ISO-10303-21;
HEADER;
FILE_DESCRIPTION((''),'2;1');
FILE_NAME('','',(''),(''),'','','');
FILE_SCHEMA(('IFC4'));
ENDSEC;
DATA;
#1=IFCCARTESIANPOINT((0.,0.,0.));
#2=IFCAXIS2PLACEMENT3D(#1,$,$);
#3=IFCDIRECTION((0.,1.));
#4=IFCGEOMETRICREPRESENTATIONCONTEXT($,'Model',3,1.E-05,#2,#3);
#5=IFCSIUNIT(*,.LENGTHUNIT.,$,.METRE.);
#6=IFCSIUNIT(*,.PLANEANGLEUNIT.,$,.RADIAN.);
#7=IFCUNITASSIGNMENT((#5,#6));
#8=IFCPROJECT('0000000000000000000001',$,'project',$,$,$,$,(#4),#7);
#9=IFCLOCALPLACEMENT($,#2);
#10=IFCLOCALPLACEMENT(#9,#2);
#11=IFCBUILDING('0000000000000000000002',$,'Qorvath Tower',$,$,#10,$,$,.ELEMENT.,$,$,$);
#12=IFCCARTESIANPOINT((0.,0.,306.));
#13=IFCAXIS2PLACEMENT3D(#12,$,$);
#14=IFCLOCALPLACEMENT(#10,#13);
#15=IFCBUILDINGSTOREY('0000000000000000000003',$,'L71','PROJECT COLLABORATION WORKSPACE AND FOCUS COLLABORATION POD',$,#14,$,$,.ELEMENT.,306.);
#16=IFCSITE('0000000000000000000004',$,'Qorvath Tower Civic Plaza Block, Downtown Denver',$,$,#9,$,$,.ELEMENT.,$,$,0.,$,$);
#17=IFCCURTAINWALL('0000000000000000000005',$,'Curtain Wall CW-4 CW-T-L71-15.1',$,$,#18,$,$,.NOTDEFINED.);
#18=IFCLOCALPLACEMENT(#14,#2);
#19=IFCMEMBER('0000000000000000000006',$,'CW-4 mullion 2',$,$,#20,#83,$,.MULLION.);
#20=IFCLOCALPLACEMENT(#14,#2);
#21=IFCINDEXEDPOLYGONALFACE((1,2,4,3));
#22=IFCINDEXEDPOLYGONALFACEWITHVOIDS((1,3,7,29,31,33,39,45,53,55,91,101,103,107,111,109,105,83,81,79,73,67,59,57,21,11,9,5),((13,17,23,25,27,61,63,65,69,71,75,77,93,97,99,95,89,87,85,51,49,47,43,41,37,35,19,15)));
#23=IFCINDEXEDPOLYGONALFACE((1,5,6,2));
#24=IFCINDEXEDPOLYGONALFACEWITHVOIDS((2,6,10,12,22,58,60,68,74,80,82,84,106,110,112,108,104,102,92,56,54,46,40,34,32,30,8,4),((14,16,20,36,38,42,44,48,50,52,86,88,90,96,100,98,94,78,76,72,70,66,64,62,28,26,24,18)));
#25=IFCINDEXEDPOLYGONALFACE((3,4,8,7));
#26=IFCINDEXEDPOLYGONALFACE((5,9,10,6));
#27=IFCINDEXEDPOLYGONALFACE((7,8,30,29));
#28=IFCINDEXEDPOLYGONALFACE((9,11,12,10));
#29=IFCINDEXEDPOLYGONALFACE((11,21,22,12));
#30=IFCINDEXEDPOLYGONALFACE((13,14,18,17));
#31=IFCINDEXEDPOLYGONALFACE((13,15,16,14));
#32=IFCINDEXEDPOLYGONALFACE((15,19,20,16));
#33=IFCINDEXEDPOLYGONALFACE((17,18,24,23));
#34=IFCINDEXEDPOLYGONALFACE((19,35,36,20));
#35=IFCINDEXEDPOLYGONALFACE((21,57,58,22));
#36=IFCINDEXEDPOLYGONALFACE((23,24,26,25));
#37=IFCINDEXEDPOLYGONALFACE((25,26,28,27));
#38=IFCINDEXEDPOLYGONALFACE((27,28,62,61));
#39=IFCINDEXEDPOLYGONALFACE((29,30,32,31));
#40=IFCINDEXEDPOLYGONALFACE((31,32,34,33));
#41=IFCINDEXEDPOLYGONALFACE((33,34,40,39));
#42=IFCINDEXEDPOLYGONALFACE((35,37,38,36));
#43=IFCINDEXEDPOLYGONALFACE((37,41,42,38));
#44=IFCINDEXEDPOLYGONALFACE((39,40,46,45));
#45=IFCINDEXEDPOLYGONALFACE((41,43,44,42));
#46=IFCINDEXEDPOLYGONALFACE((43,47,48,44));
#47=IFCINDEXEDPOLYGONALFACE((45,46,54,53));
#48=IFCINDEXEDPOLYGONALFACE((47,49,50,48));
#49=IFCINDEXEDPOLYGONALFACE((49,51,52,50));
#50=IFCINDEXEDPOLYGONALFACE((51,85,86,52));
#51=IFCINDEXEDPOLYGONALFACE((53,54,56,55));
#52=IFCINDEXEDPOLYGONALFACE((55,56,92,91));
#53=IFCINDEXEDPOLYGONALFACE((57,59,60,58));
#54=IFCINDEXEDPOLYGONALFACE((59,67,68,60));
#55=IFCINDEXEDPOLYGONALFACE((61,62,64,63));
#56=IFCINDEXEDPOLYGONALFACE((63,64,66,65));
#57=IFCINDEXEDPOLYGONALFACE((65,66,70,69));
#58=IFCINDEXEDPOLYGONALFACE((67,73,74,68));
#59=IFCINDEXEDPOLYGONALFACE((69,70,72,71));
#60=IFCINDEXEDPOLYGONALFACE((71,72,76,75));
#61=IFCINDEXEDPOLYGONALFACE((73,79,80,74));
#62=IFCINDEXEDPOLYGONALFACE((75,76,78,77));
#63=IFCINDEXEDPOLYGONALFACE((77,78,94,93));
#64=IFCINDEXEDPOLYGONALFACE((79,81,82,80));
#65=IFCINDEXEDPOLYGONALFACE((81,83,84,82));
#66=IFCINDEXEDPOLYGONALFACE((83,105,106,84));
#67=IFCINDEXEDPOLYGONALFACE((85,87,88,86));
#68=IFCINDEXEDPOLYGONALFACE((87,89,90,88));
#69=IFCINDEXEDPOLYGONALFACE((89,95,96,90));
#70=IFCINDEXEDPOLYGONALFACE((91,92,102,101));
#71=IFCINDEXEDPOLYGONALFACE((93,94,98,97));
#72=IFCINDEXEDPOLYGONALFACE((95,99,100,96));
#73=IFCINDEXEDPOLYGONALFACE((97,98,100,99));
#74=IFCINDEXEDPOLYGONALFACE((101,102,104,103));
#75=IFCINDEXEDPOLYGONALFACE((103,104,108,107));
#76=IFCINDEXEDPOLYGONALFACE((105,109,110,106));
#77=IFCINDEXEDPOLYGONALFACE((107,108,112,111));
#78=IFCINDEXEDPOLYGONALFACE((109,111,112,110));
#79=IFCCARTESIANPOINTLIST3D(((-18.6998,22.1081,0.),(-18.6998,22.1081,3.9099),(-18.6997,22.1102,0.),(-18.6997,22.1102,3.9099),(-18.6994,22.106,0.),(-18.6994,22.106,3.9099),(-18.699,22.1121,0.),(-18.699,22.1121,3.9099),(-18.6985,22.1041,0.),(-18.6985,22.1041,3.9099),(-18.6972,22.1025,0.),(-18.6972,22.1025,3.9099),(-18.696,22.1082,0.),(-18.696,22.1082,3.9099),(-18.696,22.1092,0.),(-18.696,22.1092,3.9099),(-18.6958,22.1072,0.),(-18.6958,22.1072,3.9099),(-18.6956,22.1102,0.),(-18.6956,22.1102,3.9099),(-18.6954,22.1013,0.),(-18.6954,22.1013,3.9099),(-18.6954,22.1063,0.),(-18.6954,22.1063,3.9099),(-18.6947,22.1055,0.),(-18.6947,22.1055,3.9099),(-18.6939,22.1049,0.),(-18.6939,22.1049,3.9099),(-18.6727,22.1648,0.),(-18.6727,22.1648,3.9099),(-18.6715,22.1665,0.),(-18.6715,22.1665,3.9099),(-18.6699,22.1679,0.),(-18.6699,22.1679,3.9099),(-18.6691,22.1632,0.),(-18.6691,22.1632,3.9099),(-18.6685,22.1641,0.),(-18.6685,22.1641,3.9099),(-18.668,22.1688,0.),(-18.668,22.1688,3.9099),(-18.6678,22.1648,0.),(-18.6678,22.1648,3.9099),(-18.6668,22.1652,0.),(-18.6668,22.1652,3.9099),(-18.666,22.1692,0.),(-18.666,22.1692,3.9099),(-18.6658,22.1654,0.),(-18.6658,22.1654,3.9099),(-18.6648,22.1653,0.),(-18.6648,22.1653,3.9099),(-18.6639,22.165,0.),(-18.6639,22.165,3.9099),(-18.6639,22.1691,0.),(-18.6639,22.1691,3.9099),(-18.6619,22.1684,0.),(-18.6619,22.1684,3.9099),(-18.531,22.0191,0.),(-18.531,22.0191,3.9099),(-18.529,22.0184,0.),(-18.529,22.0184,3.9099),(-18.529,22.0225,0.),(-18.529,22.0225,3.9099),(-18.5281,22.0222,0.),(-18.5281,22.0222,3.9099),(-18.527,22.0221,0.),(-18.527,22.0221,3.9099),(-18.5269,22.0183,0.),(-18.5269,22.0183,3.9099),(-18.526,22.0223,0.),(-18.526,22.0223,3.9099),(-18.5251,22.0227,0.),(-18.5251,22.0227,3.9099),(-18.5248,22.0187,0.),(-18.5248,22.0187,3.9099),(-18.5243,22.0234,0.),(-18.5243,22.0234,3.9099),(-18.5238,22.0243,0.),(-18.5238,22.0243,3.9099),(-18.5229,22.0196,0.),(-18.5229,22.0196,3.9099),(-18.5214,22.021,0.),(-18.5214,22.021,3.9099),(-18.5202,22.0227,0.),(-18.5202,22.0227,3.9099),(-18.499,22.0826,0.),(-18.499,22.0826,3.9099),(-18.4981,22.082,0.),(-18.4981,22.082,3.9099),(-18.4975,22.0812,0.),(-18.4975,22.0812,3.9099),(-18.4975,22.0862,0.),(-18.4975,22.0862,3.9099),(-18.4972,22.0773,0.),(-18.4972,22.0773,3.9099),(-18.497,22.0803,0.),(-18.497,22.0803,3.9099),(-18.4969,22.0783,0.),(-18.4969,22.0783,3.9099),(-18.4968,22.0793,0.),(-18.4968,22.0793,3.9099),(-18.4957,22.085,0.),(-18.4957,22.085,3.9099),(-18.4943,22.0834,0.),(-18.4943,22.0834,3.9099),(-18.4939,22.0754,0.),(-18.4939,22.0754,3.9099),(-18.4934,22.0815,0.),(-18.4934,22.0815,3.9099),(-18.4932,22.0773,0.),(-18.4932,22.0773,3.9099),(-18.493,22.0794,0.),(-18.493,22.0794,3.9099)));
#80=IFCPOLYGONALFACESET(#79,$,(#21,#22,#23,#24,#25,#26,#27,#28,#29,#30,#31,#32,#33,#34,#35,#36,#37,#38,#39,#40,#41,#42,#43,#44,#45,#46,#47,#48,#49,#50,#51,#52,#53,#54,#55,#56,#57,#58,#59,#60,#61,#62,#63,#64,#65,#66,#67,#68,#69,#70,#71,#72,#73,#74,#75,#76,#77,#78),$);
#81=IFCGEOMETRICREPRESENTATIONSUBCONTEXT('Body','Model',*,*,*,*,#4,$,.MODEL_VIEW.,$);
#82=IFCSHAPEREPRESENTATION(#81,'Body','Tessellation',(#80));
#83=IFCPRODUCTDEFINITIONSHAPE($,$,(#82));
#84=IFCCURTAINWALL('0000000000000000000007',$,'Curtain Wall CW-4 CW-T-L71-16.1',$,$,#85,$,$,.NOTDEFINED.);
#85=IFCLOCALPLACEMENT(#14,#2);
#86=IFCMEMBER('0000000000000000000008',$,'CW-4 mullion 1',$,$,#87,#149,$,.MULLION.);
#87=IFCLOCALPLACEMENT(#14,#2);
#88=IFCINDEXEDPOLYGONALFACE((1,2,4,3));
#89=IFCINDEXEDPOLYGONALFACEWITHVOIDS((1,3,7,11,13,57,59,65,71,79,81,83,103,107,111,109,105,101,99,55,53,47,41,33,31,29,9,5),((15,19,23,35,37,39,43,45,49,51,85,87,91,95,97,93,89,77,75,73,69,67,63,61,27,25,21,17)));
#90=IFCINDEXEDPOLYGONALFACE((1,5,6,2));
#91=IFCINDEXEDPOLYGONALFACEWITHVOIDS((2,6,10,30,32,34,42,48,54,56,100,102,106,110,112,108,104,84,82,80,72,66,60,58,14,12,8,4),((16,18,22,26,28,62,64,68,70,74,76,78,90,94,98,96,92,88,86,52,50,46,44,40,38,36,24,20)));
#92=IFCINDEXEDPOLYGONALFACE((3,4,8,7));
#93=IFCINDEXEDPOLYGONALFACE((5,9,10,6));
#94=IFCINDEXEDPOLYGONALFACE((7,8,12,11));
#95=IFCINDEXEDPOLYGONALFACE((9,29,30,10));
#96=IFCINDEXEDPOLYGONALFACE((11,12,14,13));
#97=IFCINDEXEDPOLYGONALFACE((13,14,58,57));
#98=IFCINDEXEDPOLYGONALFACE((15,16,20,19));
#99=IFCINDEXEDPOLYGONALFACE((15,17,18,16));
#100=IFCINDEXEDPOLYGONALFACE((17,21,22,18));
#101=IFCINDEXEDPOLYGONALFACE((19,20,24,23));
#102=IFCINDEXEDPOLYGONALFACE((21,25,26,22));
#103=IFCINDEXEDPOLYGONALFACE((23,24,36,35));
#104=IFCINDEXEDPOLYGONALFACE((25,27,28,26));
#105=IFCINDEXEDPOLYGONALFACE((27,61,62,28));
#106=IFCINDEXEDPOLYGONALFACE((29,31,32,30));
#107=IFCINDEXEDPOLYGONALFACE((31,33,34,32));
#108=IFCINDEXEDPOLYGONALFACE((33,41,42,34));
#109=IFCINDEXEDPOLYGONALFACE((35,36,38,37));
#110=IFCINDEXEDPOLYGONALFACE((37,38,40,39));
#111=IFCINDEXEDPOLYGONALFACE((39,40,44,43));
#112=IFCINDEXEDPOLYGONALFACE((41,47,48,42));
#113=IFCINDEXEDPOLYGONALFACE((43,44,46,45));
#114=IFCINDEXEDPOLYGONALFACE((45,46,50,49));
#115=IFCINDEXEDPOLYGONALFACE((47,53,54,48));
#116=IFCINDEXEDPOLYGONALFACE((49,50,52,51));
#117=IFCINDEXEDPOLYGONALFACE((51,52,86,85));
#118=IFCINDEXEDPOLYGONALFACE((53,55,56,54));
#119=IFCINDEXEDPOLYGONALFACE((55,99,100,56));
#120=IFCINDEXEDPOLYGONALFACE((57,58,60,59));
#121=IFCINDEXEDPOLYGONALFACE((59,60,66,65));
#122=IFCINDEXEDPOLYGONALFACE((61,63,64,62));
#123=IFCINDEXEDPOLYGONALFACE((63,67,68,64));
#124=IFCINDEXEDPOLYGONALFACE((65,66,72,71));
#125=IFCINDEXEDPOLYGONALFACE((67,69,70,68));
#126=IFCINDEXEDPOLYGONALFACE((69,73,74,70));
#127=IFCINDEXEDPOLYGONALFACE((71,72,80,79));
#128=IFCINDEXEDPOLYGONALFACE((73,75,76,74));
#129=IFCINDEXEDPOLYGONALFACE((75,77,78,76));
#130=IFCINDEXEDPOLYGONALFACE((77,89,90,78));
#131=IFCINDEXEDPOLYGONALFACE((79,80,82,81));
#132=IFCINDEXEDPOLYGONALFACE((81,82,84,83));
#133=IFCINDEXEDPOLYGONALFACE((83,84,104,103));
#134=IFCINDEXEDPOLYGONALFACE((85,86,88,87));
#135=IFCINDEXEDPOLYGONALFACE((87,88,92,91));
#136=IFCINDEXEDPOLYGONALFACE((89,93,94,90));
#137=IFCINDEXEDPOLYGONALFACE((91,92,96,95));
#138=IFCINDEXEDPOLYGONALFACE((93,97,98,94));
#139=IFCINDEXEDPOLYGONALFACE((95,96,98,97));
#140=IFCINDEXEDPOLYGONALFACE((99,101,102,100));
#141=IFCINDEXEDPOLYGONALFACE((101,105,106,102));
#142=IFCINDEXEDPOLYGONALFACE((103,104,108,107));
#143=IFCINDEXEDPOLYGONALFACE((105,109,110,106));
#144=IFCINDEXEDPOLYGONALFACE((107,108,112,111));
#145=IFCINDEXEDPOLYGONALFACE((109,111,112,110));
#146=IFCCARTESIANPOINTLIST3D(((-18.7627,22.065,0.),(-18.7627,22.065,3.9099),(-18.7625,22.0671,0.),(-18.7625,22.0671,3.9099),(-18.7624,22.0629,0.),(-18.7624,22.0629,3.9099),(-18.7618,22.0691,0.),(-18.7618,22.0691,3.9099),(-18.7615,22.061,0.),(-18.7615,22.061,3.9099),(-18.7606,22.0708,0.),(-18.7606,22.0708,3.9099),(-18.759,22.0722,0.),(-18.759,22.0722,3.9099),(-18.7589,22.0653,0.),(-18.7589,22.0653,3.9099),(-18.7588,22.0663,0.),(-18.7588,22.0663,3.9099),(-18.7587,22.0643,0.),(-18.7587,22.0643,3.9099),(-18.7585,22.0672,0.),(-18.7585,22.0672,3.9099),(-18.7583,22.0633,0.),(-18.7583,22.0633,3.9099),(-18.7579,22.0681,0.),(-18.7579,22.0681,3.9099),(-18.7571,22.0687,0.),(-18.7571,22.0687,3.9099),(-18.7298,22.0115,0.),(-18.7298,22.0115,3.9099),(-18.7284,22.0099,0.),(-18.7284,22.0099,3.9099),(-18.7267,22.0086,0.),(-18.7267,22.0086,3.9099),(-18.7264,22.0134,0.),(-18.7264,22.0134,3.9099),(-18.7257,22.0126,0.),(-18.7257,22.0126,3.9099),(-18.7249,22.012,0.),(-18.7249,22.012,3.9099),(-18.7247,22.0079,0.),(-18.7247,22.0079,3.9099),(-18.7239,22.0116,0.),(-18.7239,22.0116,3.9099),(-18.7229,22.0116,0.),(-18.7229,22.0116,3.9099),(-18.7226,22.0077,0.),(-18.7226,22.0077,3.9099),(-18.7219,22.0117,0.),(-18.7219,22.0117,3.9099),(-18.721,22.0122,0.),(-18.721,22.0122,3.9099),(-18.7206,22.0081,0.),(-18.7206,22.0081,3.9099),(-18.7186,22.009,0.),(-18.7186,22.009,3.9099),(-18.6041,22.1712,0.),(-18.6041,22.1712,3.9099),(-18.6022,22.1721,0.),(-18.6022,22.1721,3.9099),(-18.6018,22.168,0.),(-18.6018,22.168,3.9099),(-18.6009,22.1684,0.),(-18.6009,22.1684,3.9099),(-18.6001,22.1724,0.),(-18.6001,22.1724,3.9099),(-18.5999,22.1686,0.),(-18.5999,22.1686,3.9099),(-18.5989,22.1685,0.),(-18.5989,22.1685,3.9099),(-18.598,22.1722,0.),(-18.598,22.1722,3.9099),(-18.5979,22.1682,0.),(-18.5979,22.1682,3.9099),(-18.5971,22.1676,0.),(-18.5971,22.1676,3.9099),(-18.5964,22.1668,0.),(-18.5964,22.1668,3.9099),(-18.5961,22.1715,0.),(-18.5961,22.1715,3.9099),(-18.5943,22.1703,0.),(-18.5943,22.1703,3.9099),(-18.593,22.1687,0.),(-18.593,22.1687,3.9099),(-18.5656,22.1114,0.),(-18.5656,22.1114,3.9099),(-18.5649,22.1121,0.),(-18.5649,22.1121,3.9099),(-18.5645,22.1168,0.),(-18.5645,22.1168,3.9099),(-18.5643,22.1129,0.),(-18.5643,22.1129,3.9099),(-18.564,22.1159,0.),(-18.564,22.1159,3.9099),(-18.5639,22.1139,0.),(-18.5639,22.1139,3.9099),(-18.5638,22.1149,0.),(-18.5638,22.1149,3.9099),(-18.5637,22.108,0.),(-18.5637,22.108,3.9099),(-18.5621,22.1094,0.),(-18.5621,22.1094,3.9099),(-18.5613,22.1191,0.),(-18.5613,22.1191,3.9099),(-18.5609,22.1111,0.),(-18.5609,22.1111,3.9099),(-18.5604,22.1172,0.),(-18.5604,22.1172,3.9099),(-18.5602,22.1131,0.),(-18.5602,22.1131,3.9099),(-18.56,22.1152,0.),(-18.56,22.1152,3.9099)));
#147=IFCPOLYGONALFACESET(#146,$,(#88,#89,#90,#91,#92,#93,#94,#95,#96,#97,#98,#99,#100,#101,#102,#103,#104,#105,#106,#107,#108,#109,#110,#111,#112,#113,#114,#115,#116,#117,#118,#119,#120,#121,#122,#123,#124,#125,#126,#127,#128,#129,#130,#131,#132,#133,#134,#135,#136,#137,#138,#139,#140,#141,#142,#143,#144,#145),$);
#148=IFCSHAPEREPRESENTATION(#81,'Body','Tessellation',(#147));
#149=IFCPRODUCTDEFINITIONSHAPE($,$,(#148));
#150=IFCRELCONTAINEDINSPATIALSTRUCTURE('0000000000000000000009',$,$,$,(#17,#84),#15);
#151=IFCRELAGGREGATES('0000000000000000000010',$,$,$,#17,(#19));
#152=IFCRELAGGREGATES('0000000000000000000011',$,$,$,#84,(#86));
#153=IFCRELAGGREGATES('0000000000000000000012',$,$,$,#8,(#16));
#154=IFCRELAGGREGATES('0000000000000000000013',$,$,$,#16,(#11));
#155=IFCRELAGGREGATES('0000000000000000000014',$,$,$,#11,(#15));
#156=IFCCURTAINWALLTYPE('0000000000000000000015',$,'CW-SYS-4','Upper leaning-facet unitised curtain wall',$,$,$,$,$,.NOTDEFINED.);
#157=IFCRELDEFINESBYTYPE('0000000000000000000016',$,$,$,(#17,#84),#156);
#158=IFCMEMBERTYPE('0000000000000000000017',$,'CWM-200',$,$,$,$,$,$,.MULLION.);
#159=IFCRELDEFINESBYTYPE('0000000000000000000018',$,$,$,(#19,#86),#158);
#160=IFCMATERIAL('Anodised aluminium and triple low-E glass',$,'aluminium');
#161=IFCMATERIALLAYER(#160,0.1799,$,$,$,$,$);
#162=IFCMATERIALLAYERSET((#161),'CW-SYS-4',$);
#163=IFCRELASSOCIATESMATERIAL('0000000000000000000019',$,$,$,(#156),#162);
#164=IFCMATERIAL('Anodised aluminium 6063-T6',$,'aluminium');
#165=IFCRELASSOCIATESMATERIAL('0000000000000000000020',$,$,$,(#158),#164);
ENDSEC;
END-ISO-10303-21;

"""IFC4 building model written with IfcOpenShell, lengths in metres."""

from ifc_helpers import new_model, si_unit, direction, frame, origin, origin_2d, place, context, subcontext, project, spatial, hollow_rectangle, extrude, material, layer, layer_set, material_profile, profile_set, type_object, element, aggregate, save


model = new_model("IFC4")

# Units and contexts
model_context = context("Model", 3, precision=1e-05, world=origin(), true_north=direction((0.0, 1.0)))
body_context = subcontext(model_context, "Body", "Model", "MODEL_VIEW")
ifc_project = project(units=[si_unit("LENGTHUNIT", "METRE"), si_unit("PLANEANGLEUNIT", "RADIAN")], contexts=[model_context])

# Site, building, storey
site_placement = place(None, origin())
site = spatial("IfcSite", under=ifc_project, at=site_placement, Name="Qorvath Tower Civic Plaza Block, Downtown Denver", CompositionType="ELEMENT", RefElevation=0.0)
building_placement = place(site_placement, origin())
building = spatial("IfcBuilding", under=site, at=building_placement, Name="Qorvath Tower", CompositionType="ELEMENT")
storey_placement = place(building_placement, frame((0.0, 0.0, 306.0)))
storey = spatial("IfcBuildingStorey", under=building, at=storey_placement, Name="L71", Description="PROJECT COLLABORATION WORKSPACE AND FOCUS COLLABORATION POD", CompositionType="ELEMENT", Elevation=306.0)

# Shared definitions
ifc_material_1 = material(Name="Anodised aluminium and triple low-E glass", Category="aluminium")
ifc_layer_1 = layer(ifc_material_1, 0.1799)
ifc_layer_set_1 = layer_set([ifc_layer_1], Name="CW-SYS-4")
curtain_wall_type = type_object("IfcCurtainWallType", Name="CW-SYS-4", Description="Upper leaning-facet unitised curtain wall", PredefinedType="NOTDEFINED", material=ifc_layer_set_1)
ifc_material_2 = material(Name="Anodised aluminium 6063-T6", Category="aluminium")
ifc_material_profile_1 = material_profile(ifc_material_2, hollow_rectangle(XDim=0.075, YDim=0.2, WallThickness=0.0039, InnerFilletRadius=0.0039, OuterFilletRadius=0.0081, at=origin_2d()), Name="CWM 200x75")
ifc_profile_set_1 = profile_set([ifc_material_profile_1], Name="Anodised aluminium 6063-T6")
member_type_1 = type_object("IfcMemberType", Name="CWM-200", PredefinedType="MULLION", material=ifc_profile_set_1)

# Curtain wall, member
curtain_wall_1_placement = place(storey_placement, origin())
curtain_wall_1 = element("IfcCurtainWall", 1, at=curtain_wall_1_placement, inside=storey, type_object=curtain_wall_type, Name="Curtain Wall CW-4 CW-T-L71-15.1", PredefinedType="NOTDEFINED")
member_1_placement = place(storey_placement, frame((-18.5964, 22.0938, 0.0), z_axis=(0.0, 0.0, 1.0), x_axis=(-0.447225, -0.894422, 0.0)))
member_1 = element("IfcMember", 2, at=member_1_placement, type_object=member_type_1, Name="CW-4 mullion 2", PredefinedType="MULLION", context=body_context, shape_type="SweptSolid", body=[
    extrude(hollow_rectangle(XDim=0.075, YDim=0.2, WallThickness=0.0039, InnerFilletRadius=0.0039, OuterFilletRadius=0.0081, at=origin_2d()), origin(), (0.0, 0.0, 1.0), 3.9099),
])

# Curtain wall, member
curtain_wall_2_placement = place(storey_placement, origin())
curtain_wall_2 = element("IfcCurtainWall", 3, at=curtain_wall_2_placement, inside=storey, type_object=curtain_wall_type, Name="Curtain Wall CW-4 CW-T-L71-16.1", PredefinedType="NOTDEFINED")
member_2_placement = place(storey_placement, frame((-18.6614, 22.0901, 0.0), z_axis=(0.0, 0.0, 1.0), x_axis=(0.538533, -0.842604, 0.0)))
member_2 = element("IfcMember", 4, at=member_2_placement, type_object=member_type_1, Name="CW-4 mullion 1", PredefinedType="MULLION", context=body_context, shape_type="SweptSolid", body=[
    extrude(hollow_rectangle(XDim=0.075, YDim=0.2, WallThickness=0.0039, InnerFilletRadius=0.0039, OuterFilletRadius=0.0081, at=origin_2d()), origin(), (0.0, 0.0, 1.0), 3.9099),
])

aggregate(curtain_wall_1, [member_1])
aggregate(curtain_wall_2, [member_2])

save(model, "model.ifc")
